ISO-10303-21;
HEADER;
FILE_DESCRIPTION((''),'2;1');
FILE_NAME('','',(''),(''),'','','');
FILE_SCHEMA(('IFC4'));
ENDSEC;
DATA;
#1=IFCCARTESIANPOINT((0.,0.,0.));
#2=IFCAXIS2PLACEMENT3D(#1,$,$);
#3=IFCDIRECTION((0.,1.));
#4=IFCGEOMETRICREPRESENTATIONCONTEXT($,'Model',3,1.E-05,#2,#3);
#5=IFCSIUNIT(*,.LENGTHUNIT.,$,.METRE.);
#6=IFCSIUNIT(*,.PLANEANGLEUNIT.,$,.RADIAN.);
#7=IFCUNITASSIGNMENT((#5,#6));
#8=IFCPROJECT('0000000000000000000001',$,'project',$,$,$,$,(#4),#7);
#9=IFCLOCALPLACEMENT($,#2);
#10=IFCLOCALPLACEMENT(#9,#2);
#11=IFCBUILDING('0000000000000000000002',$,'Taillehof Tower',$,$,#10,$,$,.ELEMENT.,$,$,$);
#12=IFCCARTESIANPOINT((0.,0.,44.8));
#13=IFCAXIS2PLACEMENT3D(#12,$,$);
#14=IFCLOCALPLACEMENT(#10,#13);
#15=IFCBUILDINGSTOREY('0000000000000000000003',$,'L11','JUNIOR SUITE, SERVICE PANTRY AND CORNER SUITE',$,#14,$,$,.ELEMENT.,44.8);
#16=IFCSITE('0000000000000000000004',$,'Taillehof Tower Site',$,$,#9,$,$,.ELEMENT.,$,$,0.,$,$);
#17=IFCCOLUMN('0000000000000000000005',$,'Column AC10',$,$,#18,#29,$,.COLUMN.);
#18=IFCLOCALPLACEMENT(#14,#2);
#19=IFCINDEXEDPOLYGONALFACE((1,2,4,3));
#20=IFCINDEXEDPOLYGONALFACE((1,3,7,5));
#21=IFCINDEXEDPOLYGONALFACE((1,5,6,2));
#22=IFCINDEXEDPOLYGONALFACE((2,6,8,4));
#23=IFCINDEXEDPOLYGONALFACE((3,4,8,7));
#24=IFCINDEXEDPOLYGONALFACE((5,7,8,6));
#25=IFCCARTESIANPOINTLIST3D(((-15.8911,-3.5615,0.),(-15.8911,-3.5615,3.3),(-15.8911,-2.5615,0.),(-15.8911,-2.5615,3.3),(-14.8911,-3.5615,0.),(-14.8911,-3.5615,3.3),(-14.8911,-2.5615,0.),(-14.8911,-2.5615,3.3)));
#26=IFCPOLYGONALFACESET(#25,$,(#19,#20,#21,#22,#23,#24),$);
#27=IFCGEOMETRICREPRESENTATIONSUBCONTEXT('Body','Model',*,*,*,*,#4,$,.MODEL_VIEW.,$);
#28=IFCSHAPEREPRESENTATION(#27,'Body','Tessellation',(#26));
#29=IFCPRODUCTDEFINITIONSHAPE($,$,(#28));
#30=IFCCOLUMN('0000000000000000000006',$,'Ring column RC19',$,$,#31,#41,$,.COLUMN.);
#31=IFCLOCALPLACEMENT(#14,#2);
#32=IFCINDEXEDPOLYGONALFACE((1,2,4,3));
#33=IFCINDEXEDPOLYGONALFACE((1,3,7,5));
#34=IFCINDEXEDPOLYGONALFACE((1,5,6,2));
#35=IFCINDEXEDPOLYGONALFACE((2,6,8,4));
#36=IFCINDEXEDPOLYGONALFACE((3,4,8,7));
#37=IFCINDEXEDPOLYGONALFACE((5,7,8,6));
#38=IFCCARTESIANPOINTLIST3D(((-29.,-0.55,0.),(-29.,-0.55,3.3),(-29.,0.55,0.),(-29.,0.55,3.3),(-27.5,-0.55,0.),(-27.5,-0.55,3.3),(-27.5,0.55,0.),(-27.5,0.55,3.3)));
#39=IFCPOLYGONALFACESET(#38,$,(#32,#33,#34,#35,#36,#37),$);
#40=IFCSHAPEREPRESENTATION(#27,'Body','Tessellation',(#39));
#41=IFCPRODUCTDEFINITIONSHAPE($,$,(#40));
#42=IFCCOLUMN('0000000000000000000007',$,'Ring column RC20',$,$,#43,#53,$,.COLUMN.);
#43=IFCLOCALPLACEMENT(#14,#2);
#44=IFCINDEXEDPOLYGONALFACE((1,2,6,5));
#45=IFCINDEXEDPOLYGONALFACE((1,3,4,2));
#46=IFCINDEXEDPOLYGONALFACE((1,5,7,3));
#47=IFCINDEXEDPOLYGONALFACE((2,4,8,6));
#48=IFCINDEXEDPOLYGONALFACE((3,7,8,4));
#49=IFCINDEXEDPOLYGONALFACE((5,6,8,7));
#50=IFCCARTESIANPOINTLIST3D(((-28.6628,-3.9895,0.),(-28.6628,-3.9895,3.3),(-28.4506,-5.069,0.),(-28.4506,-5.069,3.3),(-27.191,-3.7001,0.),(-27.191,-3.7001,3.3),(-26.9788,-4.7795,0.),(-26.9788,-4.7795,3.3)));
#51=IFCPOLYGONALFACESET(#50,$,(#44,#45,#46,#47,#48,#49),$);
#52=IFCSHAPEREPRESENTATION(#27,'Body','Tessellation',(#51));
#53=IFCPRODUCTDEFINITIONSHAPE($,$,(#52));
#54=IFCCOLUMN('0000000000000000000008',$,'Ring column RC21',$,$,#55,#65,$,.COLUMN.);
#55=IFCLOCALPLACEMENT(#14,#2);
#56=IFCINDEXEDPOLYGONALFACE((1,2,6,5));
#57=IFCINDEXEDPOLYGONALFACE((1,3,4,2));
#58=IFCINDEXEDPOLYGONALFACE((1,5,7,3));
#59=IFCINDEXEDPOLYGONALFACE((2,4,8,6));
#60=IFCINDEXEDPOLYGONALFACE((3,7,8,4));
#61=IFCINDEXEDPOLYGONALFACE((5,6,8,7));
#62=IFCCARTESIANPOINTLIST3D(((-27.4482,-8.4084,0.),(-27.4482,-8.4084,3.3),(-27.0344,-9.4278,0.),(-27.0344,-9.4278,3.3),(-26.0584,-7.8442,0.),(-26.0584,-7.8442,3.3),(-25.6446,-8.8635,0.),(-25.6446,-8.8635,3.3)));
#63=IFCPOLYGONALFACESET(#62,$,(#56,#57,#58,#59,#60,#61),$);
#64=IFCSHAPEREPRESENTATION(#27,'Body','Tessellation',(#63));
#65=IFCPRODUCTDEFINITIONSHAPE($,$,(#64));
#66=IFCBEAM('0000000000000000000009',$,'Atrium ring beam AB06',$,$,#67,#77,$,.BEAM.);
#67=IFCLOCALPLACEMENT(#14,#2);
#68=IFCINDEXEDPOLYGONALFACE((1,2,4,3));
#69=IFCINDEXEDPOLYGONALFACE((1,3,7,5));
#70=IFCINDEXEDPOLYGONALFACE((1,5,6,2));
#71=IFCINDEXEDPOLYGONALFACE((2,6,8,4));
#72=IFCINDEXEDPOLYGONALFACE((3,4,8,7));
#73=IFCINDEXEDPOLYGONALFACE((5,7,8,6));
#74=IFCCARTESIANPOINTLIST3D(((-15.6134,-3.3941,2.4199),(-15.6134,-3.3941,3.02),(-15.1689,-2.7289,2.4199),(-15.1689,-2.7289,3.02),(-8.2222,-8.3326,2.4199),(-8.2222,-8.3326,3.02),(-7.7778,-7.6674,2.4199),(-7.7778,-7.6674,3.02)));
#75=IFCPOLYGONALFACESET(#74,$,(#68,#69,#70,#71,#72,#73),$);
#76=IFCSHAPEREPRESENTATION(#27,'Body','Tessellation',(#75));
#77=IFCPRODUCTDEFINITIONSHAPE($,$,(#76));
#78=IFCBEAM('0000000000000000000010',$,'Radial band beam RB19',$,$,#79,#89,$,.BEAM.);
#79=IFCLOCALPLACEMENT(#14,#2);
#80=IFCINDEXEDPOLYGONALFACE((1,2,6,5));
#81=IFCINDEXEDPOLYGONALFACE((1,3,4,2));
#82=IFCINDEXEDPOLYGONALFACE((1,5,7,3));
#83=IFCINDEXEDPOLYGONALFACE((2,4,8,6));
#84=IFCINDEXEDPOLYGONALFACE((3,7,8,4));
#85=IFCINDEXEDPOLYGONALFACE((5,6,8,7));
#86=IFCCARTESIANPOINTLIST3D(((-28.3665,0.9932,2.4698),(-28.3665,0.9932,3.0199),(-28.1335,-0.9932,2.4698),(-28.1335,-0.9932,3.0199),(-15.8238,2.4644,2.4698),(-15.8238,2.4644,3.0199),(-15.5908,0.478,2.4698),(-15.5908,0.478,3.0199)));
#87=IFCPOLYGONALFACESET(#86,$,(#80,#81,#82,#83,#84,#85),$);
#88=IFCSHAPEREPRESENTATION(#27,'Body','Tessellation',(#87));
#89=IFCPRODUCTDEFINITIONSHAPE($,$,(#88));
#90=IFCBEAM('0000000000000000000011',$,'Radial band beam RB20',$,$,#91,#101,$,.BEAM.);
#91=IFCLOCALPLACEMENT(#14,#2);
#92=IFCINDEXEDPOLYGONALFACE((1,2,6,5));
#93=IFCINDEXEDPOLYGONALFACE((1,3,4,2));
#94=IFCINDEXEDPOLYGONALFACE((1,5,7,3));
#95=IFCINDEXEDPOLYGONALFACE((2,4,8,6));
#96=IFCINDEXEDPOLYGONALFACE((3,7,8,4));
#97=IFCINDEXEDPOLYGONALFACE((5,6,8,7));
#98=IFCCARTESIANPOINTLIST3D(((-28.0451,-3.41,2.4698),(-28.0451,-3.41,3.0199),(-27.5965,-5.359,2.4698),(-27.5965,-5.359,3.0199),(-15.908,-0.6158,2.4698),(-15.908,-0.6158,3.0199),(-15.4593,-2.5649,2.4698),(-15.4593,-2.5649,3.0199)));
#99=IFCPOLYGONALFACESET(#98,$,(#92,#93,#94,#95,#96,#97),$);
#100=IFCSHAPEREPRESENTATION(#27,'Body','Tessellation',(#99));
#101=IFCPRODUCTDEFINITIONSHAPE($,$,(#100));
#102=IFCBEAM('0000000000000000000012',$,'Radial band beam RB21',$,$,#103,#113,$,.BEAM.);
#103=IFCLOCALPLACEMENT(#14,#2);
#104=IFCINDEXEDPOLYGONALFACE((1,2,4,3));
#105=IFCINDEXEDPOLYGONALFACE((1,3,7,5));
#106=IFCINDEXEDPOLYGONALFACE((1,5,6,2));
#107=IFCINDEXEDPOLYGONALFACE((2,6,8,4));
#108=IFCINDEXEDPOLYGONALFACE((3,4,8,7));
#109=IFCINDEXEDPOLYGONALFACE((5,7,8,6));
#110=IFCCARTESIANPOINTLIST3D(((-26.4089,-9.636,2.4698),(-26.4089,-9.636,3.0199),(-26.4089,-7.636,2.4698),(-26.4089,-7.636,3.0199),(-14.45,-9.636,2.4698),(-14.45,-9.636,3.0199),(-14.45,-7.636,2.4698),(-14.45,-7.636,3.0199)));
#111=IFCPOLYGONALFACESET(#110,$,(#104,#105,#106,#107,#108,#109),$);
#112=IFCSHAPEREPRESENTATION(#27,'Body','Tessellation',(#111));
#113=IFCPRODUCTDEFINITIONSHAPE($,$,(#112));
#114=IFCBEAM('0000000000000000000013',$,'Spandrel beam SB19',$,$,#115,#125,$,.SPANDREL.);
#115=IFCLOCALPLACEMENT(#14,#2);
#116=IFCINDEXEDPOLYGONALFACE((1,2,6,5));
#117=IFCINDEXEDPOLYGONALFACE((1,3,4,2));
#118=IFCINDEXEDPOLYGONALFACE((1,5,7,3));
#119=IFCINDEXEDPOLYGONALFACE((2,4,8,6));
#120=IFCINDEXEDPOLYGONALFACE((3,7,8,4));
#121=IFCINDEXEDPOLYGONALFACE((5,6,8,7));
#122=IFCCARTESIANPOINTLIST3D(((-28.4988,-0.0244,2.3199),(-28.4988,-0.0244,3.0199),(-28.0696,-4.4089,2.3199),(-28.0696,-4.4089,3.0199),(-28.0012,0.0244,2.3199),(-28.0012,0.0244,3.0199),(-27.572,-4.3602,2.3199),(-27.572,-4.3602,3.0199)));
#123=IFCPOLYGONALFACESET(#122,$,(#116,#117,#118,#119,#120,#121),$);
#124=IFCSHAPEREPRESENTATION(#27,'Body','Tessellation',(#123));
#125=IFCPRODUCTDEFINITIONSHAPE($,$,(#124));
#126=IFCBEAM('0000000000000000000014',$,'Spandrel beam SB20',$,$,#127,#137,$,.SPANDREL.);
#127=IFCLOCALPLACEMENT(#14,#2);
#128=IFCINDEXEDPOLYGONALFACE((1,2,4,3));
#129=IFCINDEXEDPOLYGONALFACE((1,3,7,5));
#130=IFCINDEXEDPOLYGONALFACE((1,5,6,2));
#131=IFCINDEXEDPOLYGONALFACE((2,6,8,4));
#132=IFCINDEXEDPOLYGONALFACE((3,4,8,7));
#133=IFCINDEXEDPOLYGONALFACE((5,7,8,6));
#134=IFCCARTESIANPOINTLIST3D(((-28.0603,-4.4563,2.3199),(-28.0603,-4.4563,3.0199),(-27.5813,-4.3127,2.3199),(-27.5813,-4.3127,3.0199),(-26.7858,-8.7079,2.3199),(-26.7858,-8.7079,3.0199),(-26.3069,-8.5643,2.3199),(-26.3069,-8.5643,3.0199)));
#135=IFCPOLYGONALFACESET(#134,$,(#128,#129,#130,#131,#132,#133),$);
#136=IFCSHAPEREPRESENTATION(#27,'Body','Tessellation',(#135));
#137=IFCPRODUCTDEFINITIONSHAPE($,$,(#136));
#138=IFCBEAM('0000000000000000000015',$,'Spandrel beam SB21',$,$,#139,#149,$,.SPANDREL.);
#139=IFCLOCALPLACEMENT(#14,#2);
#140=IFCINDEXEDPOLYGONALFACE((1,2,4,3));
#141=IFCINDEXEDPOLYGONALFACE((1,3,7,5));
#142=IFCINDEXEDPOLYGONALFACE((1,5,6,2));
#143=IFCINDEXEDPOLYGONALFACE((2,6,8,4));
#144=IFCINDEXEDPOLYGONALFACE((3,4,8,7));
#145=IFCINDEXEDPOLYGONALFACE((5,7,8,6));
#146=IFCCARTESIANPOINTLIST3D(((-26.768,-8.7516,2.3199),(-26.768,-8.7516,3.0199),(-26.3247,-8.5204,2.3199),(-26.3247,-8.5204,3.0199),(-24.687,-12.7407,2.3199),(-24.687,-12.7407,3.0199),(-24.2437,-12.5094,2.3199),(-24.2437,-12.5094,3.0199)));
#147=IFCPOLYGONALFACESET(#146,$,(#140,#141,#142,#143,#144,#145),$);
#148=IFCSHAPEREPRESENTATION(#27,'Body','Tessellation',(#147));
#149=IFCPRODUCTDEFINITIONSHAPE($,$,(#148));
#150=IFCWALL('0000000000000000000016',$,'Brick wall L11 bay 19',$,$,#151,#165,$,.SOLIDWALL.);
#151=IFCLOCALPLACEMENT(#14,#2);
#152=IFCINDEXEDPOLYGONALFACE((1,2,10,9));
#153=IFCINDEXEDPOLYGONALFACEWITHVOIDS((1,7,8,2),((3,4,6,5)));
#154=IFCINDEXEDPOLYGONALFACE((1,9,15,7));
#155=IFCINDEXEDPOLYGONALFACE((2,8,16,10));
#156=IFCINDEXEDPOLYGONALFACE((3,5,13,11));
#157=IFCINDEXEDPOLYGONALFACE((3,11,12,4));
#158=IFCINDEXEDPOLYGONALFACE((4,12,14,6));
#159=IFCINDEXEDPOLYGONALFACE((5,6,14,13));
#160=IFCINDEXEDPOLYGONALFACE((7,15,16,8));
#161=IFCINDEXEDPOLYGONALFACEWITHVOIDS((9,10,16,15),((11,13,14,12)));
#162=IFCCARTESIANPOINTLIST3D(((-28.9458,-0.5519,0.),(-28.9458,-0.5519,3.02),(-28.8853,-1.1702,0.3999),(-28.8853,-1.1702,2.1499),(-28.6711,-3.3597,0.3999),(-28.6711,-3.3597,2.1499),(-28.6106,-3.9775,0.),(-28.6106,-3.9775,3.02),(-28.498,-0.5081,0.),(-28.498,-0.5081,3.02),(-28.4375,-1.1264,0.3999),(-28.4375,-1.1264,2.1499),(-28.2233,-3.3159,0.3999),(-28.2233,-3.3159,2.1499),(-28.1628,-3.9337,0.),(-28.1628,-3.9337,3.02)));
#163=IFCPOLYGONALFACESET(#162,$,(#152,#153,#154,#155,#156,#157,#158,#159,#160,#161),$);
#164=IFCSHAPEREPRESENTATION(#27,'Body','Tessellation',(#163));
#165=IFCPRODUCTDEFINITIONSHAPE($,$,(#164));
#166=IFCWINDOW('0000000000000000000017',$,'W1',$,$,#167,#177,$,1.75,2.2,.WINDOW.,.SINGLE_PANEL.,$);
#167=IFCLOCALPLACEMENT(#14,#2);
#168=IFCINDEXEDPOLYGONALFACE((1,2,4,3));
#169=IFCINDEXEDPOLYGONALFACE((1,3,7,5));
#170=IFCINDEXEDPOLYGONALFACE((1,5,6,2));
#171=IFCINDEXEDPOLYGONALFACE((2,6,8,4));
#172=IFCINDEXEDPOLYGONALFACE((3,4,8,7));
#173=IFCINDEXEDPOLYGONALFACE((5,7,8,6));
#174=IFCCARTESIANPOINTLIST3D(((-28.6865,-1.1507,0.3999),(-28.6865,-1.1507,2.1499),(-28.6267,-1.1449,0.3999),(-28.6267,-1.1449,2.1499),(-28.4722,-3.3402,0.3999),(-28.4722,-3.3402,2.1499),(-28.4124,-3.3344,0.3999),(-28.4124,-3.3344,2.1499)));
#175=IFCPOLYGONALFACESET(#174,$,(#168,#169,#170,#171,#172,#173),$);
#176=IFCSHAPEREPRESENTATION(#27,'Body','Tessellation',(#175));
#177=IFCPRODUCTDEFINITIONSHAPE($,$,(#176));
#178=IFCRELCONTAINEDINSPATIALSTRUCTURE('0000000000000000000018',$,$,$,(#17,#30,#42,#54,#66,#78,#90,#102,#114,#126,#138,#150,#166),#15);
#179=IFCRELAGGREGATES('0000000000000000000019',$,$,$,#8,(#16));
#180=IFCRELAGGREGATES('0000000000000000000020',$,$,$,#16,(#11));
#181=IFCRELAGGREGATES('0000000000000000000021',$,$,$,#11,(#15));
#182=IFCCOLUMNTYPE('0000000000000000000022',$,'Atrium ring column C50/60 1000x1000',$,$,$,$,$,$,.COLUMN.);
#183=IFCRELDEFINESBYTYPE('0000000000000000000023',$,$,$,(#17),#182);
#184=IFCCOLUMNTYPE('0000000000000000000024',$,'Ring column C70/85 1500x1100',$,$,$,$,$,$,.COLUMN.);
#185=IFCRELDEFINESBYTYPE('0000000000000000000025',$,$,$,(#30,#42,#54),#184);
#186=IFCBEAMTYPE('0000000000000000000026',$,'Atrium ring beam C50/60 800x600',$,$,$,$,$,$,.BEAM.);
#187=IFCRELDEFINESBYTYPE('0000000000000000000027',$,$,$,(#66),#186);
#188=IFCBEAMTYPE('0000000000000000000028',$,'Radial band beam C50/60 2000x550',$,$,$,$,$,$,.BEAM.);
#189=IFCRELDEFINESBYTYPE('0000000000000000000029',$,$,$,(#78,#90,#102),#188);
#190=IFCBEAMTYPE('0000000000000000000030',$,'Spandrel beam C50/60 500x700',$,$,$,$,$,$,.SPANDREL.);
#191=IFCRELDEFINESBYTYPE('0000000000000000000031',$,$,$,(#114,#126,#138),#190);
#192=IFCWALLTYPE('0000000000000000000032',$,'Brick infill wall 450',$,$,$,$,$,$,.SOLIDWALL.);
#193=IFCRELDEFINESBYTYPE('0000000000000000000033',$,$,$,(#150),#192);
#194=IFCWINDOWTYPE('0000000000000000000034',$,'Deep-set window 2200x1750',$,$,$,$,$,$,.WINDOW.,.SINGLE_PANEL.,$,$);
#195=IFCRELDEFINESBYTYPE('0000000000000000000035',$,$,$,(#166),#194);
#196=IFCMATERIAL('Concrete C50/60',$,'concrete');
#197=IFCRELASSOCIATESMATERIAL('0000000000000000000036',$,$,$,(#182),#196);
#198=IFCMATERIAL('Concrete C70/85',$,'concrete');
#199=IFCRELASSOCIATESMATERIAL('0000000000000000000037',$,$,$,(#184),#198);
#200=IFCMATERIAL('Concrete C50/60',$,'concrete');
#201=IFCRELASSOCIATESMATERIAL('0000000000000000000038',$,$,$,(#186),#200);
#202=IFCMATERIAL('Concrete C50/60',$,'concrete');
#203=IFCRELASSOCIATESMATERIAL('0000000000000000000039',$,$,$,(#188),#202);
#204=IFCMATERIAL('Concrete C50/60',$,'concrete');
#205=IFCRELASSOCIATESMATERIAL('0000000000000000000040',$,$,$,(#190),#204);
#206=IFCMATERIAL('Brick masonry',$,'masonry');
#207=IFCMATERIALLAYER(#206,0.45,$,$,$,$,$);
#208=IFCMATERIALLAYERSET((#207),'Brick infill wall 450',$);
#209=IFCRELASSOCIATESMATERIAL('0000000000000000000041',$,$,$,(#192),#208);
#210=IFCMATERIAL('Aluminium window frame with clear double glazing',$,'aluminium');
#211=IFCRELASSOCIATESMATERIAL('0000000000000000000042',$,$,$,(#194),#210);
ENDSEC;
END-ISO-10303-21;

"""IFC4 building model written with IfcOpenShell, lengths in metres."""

from ifc_helpers import new_model, si_unit, direction, frame, frame_2d, origin, origin_2d, place, context, subcontext, project, spatial, rectangle, extrude, material, layer, layer_set, material_profile, profile_set, type_object, element, fill, save


model = new_model("IFC4")

# Units and contexts
model_context = context("Model", 3, precision=1e-05, world=origin(), true_north=direction((0.0, 1.0)))
body_context = subcontext(model_context, "Body", "Model", "MODEL_VIEW")
ifc_project = project(units=[si_unit("LENGTHUNIT", "METRE"), si_unit("PLANEANGLEUNIT", "RADIAN")], contexts=[model_context])

# Site, building, storey
site_placement = place(None, origin())
site = spatial("IfcSite", under=ifc_project, at=site_placement, Name="Taillehof Tower Site", CompositionType="ELEMENT", RefElevation=0.0)
building_placement = place(site_placement, origin())
building = spatial("IfcBuilding", under=site, at=building_placement, Name="Taillehof Tower", CompositionType="ELEMENT")
storey_placement = place(building_placement, frame((0.0, 0.0, 44.8)))
storey = spatial("IfcBuildingStorey", under=building, at=storey_placement, Name="L11", Description="JUNIOR SUITE, SERVICE PANTRY AND CORNER SUITE", CompositionType="ELEMENT", Elevation=44.8)

# Columns
ifc_material_1 = material(Name="Concrete C50/60", Category="concrete")
ifc_material_profile_1 = material_profile(ifc_material_1, rectangle(XDim=1.0, YDim=1.0, at=origin_2d()), Name="RC 1000x1000")
ifc_profile_set_1 = profile_set([ifc_material_profile_1], Name="Concrete C50/60")
column_type_1 = type_object("IfcColumnType", Name="Atrium ring column C50/60 1000x1000", PredefinedType="COLUMN", material=ifc_profile_set_1)
column_placement = place(storey_placement, frame((-15.3911, -3.0615, 0.0), z_axis=(0.0, 0.0, 1.0), x_axis=(1.0, 0.0, 0.0)))
element("IfcColumn", 1, at=column_placement, inside=storey, type_object=column_type_1, Name="Column AC10", PredefinedType="COLUMN", context=body_context, shape_type="SweptSolid", body=[
    extrude(rectangle(XDim=1.0, YDim=1.0, at=origin_2d()), origin(), (0.0, 0.0, 1.0), 3.3),
])
ifc_material_2 = material(Name="Concrete C70/85", Category="concrete")
ifc_material_profile_2 = material_profile(ifc_material_2, rectangle(XDim=1.5, YDim=1.1001, at=origin_2d()), Name="RC 1500x1100")
ifc_profile_set_2 = profile_set([ifc_material_profile_2], Name="Concrete C70/85")
column_type_2 = type_object("IfcColumnType", Name="Ring column C70/85 1500x1100", PredefinedType="COLUMN", material=ifc_profile_set_2)
for number, where, z_axis, x_axis, name in (
    (2, (-28.25, 0.0, 0.0), (0.0, 0.0, 1.0), (-1.0, 0.0, 0.0), "Ring column RC19"),
    (3, (-27.8208, -4.3845, 0.0), (0.0, 0.0, 1.0), (-0.981204, -0.192976, 0.0), "Ring column RC20"),
    (4, (-26.5464, -8.636, 0.0), (0.0, 0.0, 1.0), (-0.926558, -0.376152, 0.0), "Ring column RC21"),
):
    element("IfcColumn", number, at=place(storey_placement, frame(where, z_axis=z_axis, x_axis=x_axis)), inside=storey, type_object=column_type_2, Name=name, PredefinedType="COLUMN", context=body_context, shape_type="SweptSolid", body=[
        extrude(rectangle(XDim=1.5, YDim=1.1001, at=origin_2d()), origin(), (0.0, 0.0, 1.0), 3.3),
    ])

# Beams
ifc_material_3 = material(Name="Concrete C50/60", Category="concrete")
ifc_material_profile_3 = material_profile(ifc_material_3, rectangle(XDim=0.8, YDim=0.6001, at=origin_2d()), Name="RC 800x600")
ifc_profile_set_3 = profile_set([ifc_material_profile_3], Name="Concrete C50/60")
beam_type_1 = type_object("IfcBeamType", Name="Atrium ring beam C50/60 800x600", PredefinedType="BEAM", material=ifc_profile_set_3)
beam_1_placement = place(storey_placement, frame((-15.3911, -3.0615, 2.72), z_axis=(0.831475, -0.555562, 0.0), x_axis=(0.555562, 0.831475, 0.0)))
element("IfcBeam", 5, at=beam_1_placement, inside=storey, type_object=beam_type_1, Name="Atrium ring beam AB06", PredefinedType="BEAM", context=body_context, shape_type="SweptSolid", body=[
    extrude(rectangle(XDim=0.8, YDim=0.6001, at=origin_2d()), origin(), (0.0, 0.0, 1.0), 8.8892),
])
ifc_material_4 = material(Name="Concrete C50/60", Category="concrete")
ifc_material_profile_4 = material_profile(ifc_material_4, rectangle(XDim=2.0, YDim=0.55, at=origin_2d()), Name="RC 2000x550")
ifc_profile_set_4 = profile_set([ifc_material_profile_4], Name="Concrete C50/60")
beam_type_2 = type_object("IfcBeamType", Name="Radial band beam C50/60 2000x550", PredefinedType="BEAM", material=ifc_profile_set_4)
beam_2_placement = place(storey_placement, frame((-28.25, 0.0, 2.7449), z_axis=(0.993191, 0.116496, 0.0), x_axis=(-0.116496, 0.993191, 0.0)))
element("IfcBeam", 6, at=beam_2_placement, inside=storey, type_object=beam_type_2, Name="Radial band beam RB19", PredefinedType="BEAM", context=body_context, shape_type="SweptSolid", body=[
    extrude(rectangle(XDim=2.0, YDim=0.55, at=origin_2d()), origin(), (0.0, 0.0, 1.0), 12.6287),
])
beam_3_placement = place(storey_placement, frame((-27.8208, -4.3845, 2.7449), z_axis=(0.974509, 0.224348, 0.0), x_axis=(-0.224348, 0.974509, 0.0)))
element("IfcBeam", 7, at=beam_3_placement, inside=storey, type_object=beam_type_2, Name="Radial band beam RB20", PredefinedType="BEAM", context=body_context, shape_type="SweptSolid", body=[
    extrude(rectangle(XDim=2.0, YDim=0.55, at=origin_2d()), origin(), (0.0, 0.0, 1.0), 12.4546),
])
beam_4_placement = place(storey_placement, frame((-26.4089, -8.636, 2.7449), z_axis=(1.0, 0.0, 0.0), x_axis=(0.0, 1.0, 0.0)))
element("IfcBeam", 8, at=beam_4_placement, inside=storey, type_object=beam_type_2, Name="Radial band beam RB21", PredefinedType="BEAM", context=body_context, shape_type="SweptSolid", body=[
    extrude(rectangle(XDim=2.0, YDim=0.55, at=origin_2d()), origin(), (0.0, 0.0, 1.0), 11.959),
])
ifc_material_5 = material(Name="Concrete C50/60", Category="concrete")
ifc_material_profile_5 = material_profile(ifc_material_5, rectangle(XDim=0.5, YDim=0.7, at=origin_2d()), Name="RC 500x700")
ifc_profile_set_5 = profile_set([ifc_material_profile_5], Name="Concrete C50/60")
beam_type_3 = type_object("IfcBeamType", Name="Spandrel beam C50/60 500x700", PredefinedType="SPANDREL", material=ifc_profile_set_5)
beam_5_placement = place(storey_placement, frame((-28.25, 0.0, 2.6699), z_axis=(0.097424, -0.995243, 0.0), x_axis=(0.995243, 0.097424, 0.0)))
element("IfcBeam", 9, at=beam_5_placement, inside=storey, type_object=beam_type_3, Name="Spandrel beam SB19", PredefinedType="SPANDREL", context=body_context, shape_type="SweptSolid", body=[
    extrude(rectangle(XDim=0.5, YDim=0.7, at=origin_2d()), origin(), (0.0, 0.0, 1.0), 4.4055),
])
beam_6_placement = place(storey_placement, frame((-27.8208, -4.3845, 2.6699), z_axis=(0.287136, -0.95789, 0.0), x_axis=(0.95789, 0.287136, 0.0)))
element("IfcBeam", 10, at=beam_6_placement, inside=storey, type_object=beam_type_3, Name="Spandrel beam SB20", PredefinedType="SPANDREL", context=body_context, shape_type="SweptSolid", body=[
    extrude(rectangle(XDim=0.5, YDim=0.7, at=origin_2d()), origin(), (0.0, 0.0, 1.0), 4.4385),
])
beam_7_placement = place(storey_placement, frame((-26.5464, -8.636, 2.6699), z_axis=(0.462536, -0.8866, 0.0), x_axis=(0.8866, 0.462536, 0.0)))
element("IfcBeam", 11, at=beam_7_placement, inside=storey, type_object=beam_type_3, Name="Spandrel beam SB21", PredefinedType="SPANDREL", context=body_context, shape_type="SweptSolid", body=[
    extrude(rectangle(XDim=0.5, YDim=0.7, at=origin_2d()), origin(), (0.0, 0.0, 1.0), 4.4993),
])

# Wall, opening, window
ifc_material_6 = material(Name="Brick masonry", Category="masonry")
ifc_layer_1 = layer(ifc_material_6, 0.45)
ifc_layer_set_1 = layer_set([ifc_layer_1], Name="Brick infill wall 450")
wall_type_1 = type_object("IfcWallType", Name="Brick infill wall 450", PredefinedType="SOLIDWALL", material=ifc_layer_set_1)
wall_1_placement = place(storey_placement, frame((-28.7219, -0.53, 0.0), z_axis=(0.0, 0.0, 1.0), x_axis=(0.09739, -0.995246, 0.0)))
wall_1 = element("IfcWall", 12, at=wall_1_placement, inside=storey, type_object=wall_type_1, Name="Brick wall L11 bay 19", PredefinedType="SOLIDWALL", context=body_context, shape_type="SweptSolid", body=[
    extrude(rectangle(XDim=3.4419, YDim=0.45, at=frame_2d((1.7209, 0.0))), origin(), (0.0, 0.0, 1.0), 3.02),
])
opening_1_placement = place(wall_1_placement, frame((0.6211, 0.0, 0.3999)))
opening_1 = element("IfcOpeningElement", 13, at=opening_1_placement, cuts=wall_1, PredefinedType="OPENING", context=body_context, shape_type="SweptSolid", body=[
    extrude(rectangle(XDim=2.2, YDim=1.75, at=frame_2d((1.1001, 0.875))), frame((0.0, 0.2349, 0.0), z_axis=(0.0, -1.0, 0.0), x_axis=(1.0, 0.0, 0.0)), (0.0, 0.0, 1.0), 0.47),
])
ifc_material_7 = material(Name="Aluminium window frame with clear double glazing", Category="aluminium")
window_type = type_object("IfcWindowType", Name="Deep-set window 2200x1750", PartitioningType="SINGLE_PANEL", PredefinedType="WINDOW", material=ifc_material_7)
window_1_placement = place(opening_1_placement, origin())
window_1 = element("IfcWindow", 14, at=window_1_placement, inside=storey, type_object=window_type, Name="W1", OverallHeight=1.75, OverallWidth=2.2, PartitioningType="SINGLE_PANEL", PredefinedType="WINDOW", context=body_context, shape_type="SweptSolid", body=[
    extrude(rectangle(XDim=2.2, YDim=1.75, at=frame_2d((1.1001, 0.875))), frame((0.0, 0.0349, 0.0), z_axis=(0.0, -1.0, 0.0), x_axis=(1.0, 0.0, 0.0)), (0.0, 0.0, 1.0), 0.0601),
])
fill(opening_1, window_1)

save(model, "model.ifc")
